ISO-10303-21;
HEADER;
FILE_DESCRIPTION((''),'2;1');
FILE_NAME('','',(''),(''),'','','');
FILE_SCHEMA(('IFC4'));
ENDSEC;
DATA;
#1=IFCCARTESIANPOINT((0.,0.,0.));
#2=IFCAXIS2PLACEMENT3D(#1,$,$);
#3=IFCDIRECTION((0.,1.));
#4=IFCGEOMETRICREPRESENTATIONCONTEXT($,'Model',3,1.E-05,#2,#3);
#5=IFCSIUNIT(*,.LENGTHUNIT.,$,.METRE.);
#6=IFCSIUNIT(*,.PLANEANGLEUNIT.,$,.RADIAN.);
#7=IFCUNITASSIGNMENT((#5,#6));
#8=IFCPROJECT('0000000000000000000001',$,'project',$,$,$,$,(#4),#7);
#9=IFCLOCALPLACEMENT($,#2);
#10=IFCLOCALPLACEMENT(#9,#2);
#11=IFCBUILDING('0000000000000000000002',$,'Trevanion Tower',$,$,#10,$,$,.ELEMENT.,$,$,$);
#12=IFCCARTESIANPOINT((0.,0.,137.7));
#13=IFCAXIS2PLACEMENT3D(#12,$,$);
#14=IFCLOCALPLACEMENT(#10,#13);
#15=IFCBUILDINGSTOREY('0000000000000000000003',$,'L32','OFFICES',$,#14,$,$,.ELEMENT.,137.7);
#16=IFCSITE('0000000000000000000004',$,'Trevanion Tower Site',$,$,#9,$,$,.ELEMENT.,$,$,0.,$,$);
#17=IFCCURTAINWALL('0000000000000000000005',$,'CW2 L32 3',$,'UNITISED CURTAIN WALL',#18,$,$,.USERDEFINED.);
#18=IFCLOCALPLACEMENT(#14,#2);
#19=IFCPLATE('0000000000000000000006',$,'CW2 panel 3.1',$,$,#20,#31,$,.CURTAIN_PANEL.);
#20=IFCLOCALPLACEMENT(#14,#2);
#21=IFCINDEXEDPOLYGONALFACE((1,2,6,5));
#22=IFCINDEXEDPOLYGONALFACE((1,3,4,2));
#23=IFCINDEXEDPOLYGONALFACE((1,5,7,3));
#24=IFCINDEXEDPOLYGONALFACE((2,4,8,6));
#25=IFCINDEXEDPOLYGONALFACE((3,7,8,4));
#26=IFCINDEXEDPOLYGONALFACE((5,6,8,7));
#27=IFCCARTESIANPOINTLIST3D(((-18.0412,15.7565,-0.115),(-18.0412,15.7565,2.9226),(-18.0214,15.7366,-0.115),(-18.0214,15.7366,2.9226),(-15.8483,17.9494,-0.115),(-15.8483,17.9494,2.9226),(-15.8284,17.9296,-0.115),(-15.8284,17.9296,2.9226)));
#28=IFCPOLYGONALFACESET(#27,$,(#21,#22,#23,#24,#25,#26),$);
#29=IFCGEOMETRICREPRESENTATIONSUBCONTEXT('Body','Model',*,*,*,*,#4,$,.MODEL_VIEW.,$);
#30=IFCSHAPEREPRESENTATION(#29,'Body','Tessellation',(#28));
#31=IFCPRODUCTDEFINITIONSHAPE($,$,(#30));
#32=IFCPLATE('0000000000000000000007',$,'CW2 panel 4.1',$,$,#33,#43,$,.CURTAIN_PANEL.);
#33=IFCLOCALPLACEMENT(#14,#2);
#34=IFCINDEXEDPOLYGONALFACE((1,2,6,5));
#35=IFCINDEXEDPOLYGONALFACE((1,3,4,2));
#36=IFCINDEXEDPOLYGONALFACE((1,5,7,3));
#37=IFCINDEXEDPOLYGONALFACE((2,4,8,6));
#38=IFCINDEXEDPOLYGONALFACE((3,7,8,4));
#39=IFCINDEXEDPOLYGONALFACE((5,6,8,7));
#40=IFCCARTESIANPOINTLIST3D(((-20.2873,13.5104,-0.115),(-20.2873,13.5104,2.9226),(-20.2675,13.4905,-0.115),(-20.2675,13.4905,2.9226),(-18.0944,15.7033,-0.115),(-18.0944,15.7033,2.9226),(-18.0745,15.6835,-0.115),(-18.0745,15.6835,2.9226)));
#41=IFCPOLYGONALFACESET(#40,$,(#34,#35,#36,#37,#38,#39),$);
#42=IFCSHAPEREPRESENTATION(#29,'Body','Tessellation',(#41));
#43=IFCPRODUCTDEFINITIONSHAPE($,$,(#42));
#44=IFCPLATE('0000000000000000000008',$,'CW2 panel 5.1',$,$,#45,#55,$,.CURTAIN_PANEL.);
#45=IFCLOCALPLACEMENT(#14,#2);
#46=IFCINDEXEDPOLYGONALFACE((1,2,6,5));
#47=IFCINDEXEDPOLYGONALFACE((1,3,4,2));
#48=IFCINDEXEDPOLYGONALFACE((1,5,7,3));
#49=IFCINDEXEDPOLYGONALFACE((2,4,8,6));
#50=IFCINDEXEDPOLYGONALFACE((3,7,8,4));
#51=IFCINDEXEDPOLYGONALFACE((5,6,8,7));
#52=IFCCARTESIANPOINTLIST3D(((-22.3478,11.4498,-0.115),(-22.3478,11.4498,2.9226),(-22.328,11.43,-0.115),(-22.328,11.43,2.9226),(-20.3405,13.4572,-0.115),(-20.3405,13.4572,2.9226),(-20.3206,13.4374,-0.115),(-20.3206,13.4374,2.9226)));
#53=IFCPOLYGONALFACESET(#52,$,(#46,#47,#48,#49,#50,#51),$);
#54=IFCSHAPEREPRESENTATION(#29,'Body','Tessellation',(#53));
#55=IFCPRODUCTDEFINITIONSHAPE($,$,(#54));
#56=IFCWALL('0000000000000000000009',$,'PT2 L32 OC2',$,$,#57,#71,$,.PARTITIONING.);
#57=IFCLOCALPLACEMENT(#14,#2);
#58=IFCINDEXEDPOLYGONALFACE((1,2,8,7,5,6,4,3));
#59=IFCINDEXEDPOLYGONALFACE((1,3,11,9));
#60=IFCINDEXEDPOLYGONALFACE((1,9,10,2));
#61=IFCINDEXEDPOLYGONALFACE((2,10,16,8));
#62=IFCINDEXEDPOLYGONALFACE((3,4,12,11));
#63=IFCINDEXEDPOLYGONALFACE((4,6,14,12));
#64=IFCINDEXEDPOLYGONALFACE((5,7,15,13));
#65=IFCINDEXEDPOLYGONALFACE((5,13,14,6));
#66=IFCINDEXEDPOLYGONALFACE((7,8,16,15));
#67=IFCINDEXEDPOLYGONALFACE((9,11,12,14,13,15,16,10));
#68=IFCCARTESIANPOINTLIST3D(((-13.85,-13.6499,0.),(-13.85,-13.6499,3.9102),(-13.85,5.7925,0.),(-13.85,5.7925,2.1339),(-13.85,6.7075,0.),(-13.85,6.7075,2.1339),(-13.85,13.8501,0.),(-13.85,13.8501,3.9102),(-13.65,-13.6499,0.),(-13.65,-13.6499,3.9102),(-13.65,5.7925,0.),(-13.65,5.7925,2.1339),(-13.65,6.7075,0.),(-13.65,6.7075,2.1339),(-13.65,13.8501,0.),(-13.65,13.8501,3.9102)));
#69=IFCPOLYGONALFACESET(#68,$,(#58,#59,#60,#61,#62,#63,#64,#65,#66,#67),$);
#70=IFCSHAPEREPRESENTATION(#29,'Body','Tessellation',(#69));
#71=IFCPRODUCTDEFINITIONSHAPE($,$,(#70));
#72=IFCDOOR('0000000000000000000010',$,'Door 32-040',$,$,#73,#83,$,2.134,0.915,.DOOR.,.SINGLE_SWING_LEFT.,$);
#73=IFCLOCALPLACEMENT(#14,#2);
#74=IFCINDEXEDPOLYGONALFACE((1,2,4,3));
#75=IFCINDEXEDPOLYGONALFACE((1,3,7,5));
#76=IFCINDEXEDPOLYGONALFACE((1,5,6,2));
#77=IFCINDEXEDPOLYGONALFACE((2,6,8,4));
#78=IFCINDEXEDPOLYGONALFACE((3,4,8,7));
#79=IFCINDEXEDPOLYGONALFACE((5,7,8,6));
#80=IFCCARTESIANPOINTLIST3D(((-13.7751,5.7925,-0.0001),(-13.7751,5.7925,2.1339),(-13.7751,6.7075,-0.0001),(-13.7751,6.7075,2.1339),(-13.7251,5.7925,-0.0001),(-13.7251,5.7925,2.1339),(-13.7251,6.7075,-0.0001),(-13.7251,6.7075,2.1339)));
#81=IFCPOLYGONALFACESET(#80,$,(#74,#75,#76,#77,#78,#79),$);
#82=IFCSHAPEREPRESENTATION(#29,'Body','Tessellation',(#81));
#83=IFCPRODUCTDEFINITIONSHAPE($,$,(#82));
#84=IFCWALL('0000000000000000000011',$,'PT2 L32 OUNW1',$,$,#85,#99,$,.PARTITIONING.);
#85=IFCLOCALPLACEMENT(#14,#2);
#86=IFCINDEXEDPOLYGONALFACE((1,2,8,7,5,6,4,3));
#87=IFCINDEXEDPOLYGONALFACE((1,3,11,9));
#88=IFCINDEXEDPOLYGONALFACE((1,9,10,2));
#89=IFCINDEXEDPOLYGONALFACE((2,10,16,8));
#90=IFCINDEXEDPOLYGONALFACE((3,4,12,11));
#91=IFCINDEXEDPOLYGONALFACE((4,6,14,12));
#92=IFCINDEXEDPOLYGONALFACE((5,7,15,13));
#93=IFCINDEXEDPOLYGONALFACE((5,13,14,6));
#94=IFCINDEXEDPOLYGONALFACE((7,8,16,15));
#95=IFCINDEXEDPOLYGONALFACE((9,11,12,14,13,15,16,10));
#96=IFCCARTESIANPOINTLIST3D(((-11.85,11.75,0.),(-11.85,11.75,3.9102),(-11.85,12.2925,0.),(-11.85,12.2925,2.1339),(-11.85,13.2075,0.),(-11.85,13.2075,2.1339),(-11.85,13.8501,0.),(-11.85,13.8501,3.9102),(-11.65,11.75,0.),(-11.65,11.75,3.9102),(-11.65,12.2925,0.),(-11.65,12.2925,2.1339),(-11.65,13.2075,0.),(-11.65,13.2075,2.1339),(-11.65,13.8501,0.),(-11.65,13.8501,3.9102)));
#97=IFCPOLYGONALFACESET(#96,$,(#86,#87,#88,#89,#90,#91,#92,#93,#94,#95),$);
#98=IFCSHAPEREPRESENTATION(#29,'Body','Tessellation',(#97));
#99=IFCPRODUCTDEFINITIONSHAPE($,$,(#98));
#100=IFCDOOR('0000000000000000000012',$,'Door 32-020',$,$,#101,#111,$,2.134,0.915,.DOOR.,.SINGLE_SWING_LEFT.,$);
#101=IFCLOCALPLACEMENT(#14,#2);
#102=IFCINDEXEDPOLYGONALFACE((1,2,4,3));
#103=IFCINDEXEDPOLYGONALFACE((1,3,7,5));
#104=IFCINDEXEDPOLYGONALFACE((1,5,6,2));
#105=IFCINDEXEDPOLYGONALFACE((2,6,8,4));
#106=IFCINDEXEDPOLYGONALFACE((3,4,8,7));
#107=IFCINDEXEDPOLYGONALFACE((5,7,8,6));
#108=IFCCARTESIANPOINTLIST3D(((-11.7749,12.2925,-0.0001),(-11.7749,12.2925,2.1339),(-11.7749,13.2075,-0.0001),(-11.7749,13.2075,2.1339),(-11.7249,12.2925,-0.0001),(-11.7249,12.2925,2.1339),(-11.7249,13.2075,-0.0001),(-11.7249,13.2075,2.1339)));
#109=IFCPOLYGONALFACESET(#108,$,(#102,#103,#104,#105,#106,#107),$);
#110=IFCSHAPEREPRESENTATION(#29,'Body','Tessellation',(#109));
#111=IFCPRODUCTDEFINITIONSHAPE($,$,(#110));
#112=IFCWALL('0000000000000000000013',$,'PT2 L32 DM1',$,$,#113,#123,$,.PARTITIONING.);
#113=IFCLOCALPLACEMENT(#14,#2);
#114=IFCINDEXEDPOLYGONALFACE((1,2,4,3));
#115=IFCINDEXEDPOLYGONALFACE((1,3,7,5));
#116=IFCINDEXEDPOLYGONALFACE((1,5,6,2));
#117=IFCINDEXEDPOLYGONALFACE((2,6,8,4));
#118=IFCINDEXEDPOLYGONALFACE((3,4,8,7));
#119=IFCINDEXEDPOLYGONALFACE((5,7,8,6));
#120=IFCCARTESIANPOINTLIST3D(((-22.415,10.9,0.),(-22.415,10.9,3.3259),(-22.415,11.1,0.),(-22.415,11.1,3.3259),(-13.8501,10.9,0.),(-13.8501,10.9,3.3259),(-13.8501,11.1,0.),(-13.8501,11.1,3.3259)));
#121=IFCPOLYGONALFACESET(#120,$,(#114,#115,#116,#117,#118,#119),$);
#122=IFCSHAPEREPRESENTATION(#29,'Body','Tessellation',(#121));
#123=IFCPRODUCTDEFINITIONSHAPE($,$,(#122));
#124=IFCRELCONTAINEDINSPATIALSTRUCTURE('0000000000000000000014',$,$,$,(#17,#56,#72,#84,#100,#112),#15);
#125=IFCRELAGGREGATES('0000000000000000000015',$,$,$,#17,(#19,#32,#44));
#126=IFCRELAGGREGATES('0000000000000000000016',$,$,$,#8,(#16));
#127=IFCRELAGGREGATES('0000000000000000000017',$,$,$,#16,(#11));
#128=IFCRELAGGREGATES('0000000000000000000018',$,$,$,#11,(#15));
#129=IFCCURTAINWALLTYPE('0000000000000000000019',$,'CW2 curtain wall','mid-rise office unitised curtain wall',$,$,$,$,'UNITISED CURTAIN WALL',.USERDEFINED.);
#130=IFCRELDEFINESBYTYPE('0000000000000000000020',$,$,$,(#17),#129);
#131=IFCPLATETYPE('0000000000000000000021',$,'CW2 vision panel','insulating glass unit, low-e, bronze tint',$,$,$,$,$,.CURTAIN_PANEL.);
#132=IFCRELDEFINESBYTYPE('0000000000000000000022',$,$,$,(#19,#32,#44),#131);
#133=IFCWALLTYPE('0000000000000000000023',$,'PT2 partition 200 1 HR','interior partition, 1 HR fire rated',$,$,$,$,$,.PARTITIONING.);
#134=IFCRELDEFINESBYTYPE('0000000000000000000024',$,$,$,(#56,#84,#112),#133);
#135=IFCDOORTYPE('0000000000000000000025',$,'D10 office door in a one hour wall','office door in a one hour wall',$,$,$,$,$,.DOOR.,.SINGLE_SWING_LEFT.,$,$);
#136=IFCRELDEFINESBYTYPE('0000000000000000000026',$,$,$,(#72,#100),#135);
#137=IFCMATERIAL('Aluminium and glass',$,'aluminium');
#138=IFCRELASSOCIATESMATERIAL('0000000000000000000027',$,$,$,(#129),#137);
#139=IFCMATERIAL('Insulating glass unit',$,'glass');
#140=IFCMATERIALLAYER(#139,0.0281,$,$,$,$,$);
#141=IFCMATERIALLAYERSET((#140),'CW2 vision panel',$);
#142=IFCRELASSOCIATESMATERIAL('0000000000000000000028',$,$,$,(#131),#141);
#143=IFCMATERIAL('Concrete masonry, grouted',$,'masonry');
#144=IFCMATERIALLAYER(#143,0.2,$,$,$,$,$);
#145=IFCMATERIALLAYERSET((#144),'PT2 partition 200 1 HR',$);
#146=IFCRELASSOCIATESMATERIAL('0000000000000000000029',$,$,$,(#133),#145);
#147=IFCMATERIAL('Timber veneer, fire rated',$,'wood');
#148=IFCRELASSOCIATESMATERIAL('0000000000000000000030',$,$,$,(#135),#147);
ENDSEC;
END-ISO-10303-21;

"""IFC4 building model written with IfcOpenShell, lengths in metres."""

from ifc_helpers import new_model, si_unit, direction, frame, frame_2d, origin, origin_2d, place, context, subcontext, project, spatial, rectangle, extrude, material, layer, layer_set, type_object, element, fill, aggregate, save


model = new_model("IFC4")

# Units and contexts
model_context = context("Model", 3, precision=1e-05, world=origin(), true_north=direction((0.0, 1.0)))
body_context = subcontext(model_context, "Body", "Model", "MODEL_VIEW")
ifc_project = project(units=[si_unit("LENGTHUNIT", "METRE"), si_unit("PLANEANGLEUNIT", "RADIAN")], contexts=[model_context])

# Site, building, storey
site_placement = place(None, origin())
site = spatial("IfcSite", under=ifc_project, at=site_placement, Name="Trevanion Tower Site", CompositionType="ELEMENT", RefElevation=0.0)
building_placement = place(site_placement, origin())
building = spatial("IfcBuilding", under=site, at=building_placement, Name="Trevanion Tower", CompositionType="ELEMENT")
storey_placement = place(building_placement, frame((0.0, 0.0, 137.7)))
storey = spatial("IfcBuildingStorey", under=building, at=storey_placement, Name="L32", Description="OFFICES", CompositionType="ELEMENT", Elevation=137.7)

# Curtain wall
ifc_material_1 = material(Name="Aluminium and glass", Category="aluminium")
curtain_wall_type = type_object("IfcCurtainWallType", Name="CW2 curtain wall", Description="mid-rise office unitised curtain wall", ElementType="UNITISED CURTAIN WALL", PredefinedType="USERDEFINED", material=ifc_material_1)
curtain_wall_placement = place(storey_placement, origin())
curtain_wall = element("IfcCurtainWall", 1, at=curtain_wall_placement, inside=storey, type_object=curtain_wall_type, Name="CW2 L32 3", ObjectType="UNITISED CURTAIN WALL", PredefinedType="USERDEFINED")

# Plates
ifc_material_2 = material(Name="Insulating glass unit", Category="glass")
ifc_layer_1 = layer(ifc_material_2, 0.0281)
ifc_layer_set_1 = layer_set([ifc_layer_1], Name="CW2 vision panel")
plate_type_1 = type_object("IfcPlateType", Name="CW2 vision panel", Description="insulating glass unit, low-e, bronze tint", PredefinedType="CURTAIN_PANEL", material=ifc_layer_set_1)
plate_1_placement = place(storey_placement, frame((-16.9348, 16.843, -0.115), z_axis=(0.0, 0.0, 1.0), x_axis=(-0.707107, -0.707107, 0.0)))
plate_1 = element("IfcPlate", 2, at=plate_1_placement, type_object=plate_type_1, Name="CW2 panel 3.1", PredefinedType="CURTAIN_PANEL", context=body_context, shape_type="SweptSolid", body=[
    extrude(rectangle(XDim=3.1013, YDim=0.0281, at=origin_2d()), origin(), (0.0, 0.0, 1.0), 3.0376),
])
plate_2_placement = place(storey_placement, frame((-19.1809, 14.5969, -0.115), z_axis=(0.0, 0.0, 1.0), x_axis=(-0.707107, -0.707107, 0.0)))
plate_2 = element("IfcPlate", 3, at=plate_2_placement, type_object=plate_type_1, Name="CW2 panel 4.1", PredefinedType="CURTAIN_PANEL", context=body_context, shape_type="SweptSolid", body=[
    extrude(rectangle(XDim=3.1013, YDim=0.0281, at=origin_2d()), origin(), (0.0, 0.0, 1.0), 3.0376),
])
plate_3_placement = place(storey_placement, frame((-21.3342, 12.4436, -0.115), z_axis=(0.0, 0.0, 1.0), x_axis=(-0.707107, -0.707107, 0.0)))
plate_3 = element("IfcPlate", 4, at=plate_3_placement, type_object=plate_type_1, Name="CW2 panel 5.1", PredefinedType="CURTAIN_PANEL", context=body_context, shape_type="SweptSolid", body=[
    extrude(rectangle(XDim=2.8389, YDim=0.0281, at=origin_2d()), origin(), (0.0, 0.0, 1.0), 3.0376),
])
aggregate(curtain_wall, [plate_1, plate_2, plate_3])

# Walls, openings, doors
ifc_material_3 = material(Name="Concrete masonry, grouted", Category="masonry")
ifc_layer_2 = layer(ifc_material_3, 0.2)
ifc_layer_set_2 = layer_set([ifc_layer_2], Name="PT2 partition 200 1 HR")
wall_type = type_object("IfcWallType", Name="PT2 partition 200 1 HR", Description="interior partition, 1 HR fire rated", PredefinedType="PARTITIONING", material=ifc_layer_set_2)
wall_1_placement = place(storey_placement, frame((-13.75, 13.8501, 0.0), z_axis=(0.0, 0.0, 1.0), x_axis=(0.0, -1.0, 0.0)))
wall_1 = element("IfcWall", 5, at=wall_1_placement, inside=storey, type_object=wall_type, Name="PT2 L32 OC2", PredefinedType="PARTITIONING", context=body_context, shape_type="SweptSolid", body=[
    extrude(rectangle(XDim=27.5, YDim=0.2, at=frame_2d((13.75, 0.0))), origin(), (0.0, 0.0, 1.0), 3.9102),
])
opening_1_placement = place(wall_1_placement, frame((7.1426, 0.0, 0.0)))
opening_1 = element("IfcOpeningElement", 6, at=opening_1_placement, cuts=wall_1, PredefinedType="OPENING", context=body_context, shape_type="SweptSolid", body=[
    extrude(rectangle(XDim=0.915, YDim=2.134, at=frame_2d((0.4575, 1.0669))), frame((0.0, 0.1099, 0.0), z_axis=(0.0, -1.0, 0.0), x_axis=(1.0, 0.0, 0.0)), (0.0, 0.0, 1.0), 0.22),
])
ifc_material_4 = material(Name="Timber veneer, fire rated", Category="wood")
door_type = type_object("IfcDoorType", Name="D10 office door in a one hour wall", Description="office door in a one hour wall", OperationType="SINGLE_SWING_LEFT", PredefinedType="DOOR", material=ifc_material_4)
door_1_placement = place(opening_1_placement, origin())
door_1 = element("IfcDoor", 7, at=door_1_placement, inside=storey, type_object=door_type, Name="Door 32-040", OperationType="SINGLE_SWING_LEFT", OverallHeight=2.134, OverallWidth=0.915, PredefinedType="DOOR", context=body_context, shape_type="SweptSolid", body=[
    extrude(rectangle(XDim=0.915, YDim=2.134, at=frame_2d((0.4575, 1.0669))), frame((0.0, 0.0249, 0.0), z_axis=(0.0, -1.0, 0.0), x_axis=(1.0, 0.0, 0.0)), (0.0, 0.0, 1.0), 0.05),
])
fill(opening_1, door_1)
wall_2_placement = place(storey_placement, frame((-11.75, 11.75, 0.0), z_axis=(0.0, 0.0, 1.0), x_axis=(0.0, 1.0, 0.0)))
wall_2 = element("IfcWall", 8, at=wall_2_placement, inside=storey, type_object=wall_type, Name="PT2 L32 OUNW1", PredefinedType="PARTITIONING", context=body_context, shape_type="SweptSolid", body=[
    extrude(rectangle(XDim=2.1001, YDim=0.2, at=frame_2d((1.05, 0.0))), origin(), (0.0, 0.0, 1.0), 3.9102),
])
opening_2_placement = place(wall_2_placement, frame((0.5425, 0.0, 0.0)))
opening_2 = element("IfcOpeningElement", 9, at=opening_2_placement, cuts=wall_2, PredefinedType="OPENING", context=body_context, shape_type="SweptSolid", body=[
    extrude(rectangle(XDim=0.915, YDim=2.134, at=frame_2d((0.4575, 1.0669))), frame((0.0, 0.1099, 0.0), z_axis=(0.0, -1.0, 0.0), x_axis=(1.0, 0.0, 0.0)), (0.0, 0.0, 1.0), 0.22),
])
door_2_placement = place(opening_2_placement, origin())
door_2 = element("IfcDoor", 10, at=door_2_placement, inside=storey, type_object=door_type, Name="Door 32-020", OperationType="SINGLE_SWING_LEFT", OverallHeight=2.134, OverallWidth=0.915, PredefinedType="DOOR", context=body_context, shape_type="SweptSolid", body=[
    extrude(rectangle(XDim=0.915, YDim=2.134, at=frame_2d((0.4575, 1.0669))), frame((0.0, 0.0249, 0.0), z_axis=(0.0, -1.0, 0.0), x_axis=(1.0, 0.0, 0.0)), (0.0, 0.0, 1.0), 0.05),
])
fill(opening_2, door_2)

# Wall
wall_3_placement = place(storey_placement, frame((-13.8501, 11.0, 0.0), z_axis=(0.0, 0.0, 1.0), x_axis=(-1.0, 0.0, 0.0)))
element("IfcWall", 11, at=wall_3_placement, inside=storey, type_object=wall_type, Name="PT2 L32 DM1", PredefinedType="PARTITIONING", context=body_context, shape_type="SweptSolid", body=[
    extrude(rectangle(XDim=8.5649, YDim=0.2, at=frame_2d((4.2825, 0.0))), origin(), (0.0, 0.0, 1.0), 3.3259),
])

save(model, "model.ifc")
